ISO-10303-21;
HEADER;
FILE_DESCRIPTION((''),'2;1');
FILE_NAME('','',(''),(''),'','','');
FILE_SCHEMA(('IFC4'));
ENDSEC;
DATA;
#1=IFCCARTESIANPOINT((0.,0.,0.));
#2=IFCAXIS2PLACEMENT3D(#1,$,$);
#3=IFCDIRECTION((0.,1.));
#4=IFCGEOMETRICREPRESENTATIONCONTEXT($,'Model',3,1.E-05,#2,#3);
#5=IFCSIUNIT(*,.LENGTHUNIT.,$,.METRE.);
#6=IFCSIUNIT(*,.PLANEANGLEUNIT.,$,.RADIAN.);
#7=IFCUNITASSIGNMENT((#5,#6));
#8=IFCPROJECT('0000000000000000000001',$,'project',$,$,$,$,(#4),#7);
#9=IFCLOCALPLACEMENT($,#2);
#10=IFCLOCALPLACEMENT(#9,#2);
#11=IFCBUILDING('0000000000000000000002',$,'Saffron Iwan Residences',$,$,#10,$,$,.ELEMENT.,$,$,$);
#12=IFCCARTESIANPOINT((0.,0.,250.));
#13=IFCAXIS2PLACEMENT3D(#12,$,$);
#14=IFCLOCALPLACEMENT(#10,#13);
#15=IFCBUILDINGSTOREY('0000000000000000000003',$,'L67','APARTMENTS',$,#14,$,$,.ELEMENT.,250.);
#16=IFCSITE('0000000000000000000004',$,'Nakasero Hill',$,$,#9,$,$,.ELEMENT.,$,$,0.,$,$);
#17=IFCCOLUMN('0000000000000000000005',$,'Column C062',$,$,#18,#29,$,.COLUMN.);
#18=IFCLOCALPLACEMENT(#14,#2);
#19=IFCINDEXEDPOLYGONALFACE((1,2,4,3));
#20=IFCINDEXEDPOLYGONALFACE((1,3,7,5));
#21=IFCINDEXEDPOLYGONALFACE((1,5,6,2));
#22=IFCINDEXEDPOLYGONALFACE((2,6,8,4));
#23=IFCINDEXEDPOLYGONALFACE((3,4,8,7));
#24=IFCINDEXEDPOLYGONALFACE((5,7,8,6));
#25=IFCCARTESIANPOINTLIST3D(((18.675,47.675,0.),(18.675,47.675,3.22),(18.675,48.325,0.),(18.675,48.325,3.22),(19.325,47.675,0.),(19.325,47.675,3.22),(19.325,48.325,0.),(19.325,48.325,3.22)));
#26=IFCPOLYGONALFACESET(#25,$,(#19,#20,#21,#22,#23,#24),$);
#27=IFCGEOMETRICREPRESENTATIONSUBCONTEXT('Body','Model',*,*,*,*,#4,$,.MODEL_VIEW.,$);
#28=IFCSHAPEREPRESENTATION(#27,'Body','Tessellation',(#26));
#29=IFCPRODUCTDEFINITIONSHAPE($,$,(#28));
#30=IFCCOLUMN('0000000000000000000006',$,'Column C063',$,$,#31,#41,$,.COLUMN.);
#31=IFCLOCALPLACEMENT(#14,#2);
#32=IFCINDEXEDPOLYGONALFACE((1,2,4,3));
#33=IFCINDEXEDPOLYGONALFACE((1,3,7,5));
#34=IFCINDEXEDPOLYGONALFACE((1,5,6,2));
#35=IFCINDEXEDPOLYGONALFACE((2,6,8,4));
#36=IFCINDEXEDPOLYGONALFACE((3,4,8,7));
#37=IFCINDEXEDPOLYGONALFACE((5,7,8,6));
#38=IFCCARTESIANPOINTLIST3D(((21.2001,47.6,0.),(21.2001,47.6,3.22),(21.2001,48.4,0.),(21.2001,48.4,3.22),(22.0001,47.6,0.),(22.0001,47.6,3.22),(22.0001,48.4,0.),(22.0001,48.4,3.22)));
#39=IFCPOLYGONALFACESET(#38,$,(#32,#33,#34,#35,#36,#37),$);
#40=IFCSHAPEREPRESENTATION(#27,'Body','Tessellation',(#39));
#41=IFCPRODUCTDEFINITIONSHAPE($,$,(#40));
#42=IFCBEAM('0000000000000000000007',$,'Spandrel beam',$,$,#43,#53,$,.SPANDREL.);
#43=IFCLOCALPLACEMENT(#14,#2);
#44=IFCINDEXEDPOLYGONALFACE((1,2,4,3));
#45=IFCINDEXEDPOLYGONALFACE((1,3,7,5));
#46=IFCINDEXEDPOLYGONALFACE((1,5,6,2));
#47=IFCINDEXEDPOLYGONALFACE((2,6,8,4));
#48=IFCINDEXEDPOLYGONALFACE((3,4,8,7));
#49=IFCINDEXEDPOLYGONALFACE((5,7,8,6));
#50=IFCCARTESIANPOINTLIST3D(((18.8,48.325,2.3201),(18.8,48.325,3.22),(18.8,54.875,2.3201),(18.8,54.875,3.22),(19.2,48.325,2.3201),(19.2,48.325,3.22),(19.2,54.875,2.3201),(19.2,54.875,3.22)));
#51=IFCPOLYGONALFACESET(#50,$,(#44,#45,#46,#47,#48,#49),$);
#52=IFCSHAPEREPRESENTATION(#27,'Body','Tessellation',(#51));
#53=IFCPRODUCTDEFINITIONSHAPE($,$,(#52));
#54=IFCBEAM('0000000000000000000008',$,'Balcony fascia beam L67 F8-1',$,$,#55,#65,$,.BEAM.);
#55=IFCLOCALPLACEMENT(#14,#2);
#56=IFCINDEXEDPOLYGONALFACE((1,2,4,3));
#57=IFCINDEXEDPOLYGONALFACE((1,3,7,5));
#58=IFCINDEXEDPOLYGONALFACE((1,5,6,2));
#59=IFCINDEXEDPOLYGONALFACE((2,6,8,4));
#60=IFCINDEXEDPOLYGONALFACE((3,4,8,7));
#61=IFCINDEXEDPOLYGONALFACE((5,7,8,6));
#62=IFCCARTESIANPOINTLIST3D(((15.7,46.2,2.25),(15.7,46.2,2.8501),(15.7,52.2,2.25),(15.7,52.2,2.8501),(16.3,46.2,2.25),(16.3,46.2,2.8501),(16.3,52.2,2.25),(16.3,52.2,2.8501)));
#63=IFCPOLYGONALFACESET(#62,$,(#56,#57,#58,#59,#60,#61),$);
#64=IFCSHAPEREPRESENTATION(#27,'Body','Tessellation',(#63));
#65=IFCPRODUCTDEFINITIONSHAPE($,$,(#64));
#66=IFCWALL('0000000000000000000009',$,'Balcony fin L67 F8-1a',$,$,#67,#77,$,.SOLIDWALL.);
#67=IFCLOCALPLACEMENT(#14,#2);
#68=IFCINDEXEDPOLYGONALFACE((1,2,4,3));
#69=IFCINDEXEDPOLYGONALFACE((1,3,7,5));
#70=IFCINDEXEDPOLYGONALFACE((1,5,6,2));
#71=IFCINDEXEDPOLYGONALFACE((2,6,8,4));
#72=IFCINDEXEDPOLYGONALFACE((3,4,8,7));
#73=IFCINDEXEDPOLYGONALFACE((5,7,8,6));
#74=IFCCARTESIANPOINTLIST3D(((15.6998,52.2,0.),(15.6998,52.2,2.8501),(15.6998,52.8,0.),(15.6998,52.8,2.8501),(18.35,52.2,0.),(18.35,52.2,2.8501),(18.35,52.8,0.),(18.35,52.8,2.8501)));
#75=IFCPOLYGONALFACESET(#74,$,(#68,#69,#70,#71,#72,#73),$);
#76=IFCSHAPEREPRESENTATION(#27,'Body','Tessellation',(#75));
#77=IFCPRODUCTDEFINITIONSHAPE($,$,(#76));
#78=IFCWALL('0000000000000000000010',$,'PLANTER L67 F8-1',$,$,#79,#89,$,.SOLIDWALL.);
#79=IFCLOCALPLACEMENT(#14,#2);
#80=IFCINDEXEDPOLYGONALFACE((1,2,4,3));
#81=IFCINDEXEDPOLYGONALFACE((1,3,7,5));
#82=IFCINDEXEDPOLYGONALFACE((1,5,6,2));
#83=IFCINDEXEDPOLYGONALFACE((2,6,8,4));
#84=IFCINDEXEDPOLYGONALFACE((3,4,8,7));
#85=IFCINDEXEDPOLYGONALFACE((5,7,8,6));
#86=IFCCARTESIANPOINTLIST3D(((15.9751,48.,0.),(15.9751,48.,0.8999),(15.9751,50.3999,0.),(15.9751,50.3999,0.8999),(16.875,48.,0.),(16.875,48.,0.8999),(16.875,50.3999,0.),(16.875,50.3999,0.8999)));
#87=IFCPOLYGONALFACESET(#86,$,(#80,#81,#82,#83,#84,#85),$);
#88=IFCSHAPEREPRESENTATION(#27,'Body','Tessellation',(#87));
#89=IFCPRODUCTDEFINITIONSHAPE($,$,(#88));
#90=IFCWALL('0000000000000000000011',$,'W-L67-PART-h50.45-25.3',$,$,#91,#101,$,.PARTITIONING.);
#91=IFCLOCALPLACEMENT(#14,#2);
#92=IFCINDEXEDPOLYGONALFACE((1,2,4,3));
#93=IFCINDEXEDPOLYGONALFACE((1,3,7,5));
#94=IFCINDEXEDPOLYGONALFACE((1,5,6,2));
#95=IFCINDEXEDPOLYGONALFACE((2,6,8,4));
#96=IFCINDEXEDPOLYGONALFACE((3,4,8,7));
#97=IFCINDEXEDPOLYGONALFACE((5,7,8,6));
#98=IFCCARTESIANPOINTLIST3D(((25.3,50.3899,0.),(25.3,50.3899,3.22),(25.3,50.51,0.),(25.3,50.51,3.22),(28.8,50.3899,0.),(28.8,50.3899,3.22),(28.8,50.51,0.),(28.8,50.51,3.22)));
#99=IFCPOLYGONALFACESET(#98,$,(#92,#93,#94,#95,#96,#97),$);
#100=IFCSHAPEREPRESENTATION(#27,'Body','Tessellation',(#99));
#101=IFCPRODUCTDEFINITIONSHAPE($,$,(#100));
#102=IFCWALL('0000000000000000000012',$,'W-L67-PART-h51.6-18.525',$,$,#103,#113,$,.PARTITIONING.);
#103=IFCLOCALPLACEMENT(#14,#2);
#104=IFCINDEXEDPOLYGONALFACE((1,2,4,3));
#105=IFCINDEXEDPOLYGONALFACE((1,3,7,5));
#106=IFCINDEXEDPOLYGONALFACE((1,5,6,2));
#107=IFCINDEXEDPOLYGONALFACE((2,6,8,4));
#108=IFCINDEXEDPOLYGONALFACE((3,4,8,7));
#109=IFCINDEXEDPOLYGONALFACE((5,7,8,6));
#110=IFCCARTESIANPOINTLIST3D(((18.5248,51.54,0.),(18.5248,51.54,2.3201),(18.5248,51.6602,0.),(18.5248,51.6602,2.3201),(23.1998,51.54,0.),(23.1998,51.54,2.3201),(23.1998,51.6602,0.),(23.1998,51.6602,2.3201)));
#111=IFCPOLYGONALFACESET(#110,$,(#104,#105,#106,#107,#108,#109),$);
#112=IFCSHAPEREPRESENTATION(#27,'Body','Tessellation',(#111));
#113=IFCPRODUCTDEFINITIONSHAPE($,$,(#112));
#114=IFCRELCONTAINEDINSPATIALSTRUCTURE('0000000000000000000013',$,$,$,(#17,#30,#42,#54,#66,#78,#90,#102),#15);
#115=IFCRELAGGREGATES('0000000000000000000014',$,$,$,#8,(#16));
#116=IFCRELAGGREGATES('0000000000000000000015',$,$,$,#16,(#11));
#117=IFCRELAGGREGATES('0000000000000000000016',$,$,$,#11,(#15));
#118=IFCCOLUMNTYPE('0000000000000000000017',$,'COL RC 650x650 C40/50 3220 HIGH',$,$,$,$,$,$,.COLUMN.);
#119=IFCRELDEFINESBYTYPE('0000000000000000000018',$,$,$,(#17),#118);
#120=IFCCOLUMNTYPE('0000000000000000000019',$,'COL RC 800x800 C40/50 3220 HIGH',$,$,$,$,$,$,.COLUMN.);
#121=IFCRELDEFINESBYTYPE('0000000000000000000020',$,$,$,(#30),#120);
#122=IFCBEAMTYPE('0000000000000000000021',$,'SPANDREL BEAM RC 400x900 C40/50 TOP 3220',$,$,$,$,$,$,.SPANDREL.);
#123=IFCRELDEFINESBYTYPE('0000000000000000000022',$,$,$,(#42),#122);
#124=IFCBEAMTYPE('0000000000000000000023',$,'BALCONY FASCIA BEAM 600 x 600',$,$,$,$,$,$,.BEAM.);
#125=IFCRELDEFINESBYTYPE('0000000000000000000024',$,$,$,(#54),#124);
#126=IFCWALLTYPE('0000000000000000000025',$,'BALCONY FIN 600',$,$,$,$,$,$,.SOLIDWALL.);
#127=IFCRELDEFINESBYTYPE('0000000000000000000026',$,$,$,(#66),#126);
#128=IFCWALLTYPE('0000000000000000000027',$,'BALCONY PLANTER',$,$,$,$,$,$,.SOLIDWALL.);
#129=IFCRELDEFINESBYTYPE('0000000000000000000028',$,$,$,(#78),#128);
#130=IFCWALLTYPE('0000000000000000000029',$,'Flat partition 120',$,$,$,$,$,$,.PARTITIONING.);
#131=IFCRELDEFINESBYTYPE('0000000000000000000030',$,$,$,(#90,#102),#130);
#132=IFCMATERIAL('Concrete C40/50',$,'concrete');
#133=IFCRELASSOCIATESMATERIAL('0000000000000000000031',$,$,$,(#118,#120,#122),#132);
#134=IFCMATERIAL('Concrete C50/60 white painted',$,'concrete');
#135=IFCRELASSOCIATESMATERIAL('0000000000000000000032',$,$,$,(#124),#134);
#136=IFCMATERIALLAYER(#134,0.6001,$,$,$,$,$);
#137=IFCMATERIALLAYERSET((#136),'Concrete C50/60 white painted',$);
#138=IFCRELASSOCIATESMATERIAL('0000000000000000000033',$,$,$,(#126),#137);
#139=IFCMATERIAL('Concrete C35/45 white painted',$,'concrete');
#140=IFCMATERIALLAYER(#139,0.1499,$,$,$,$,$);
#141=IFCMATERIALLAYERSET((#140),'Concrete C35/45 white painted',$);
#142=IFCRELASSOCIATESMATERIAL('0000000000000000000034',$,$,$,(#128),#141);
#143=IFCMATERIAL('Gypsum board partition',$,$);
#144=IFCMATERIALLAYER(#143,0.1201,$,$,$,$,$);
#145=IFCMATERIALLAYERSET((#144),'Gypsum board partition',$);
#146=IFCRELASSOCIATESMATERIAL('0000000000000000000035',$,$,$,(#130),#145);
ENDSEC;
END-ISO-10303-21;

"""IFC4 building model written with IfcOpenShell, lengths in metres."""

from ifc_helpers import new_model, si_unit, direction, frame, frame_2d, origin, origin_2d, place, context, subcontext, project, spatial, rectangle, extrude, source, transform, mapped, material, layer, layer_set, material_profile, profile_set, type_object, element, save


model = new_model("IFC4")

# Units and contexts
model_context = context("Model", 3, precision=1e-05, world=origin(), true_north=direction((0.0, 1.0)))
body_context = subcontext(model_context, "Body", "Model", "MODEL_VIEW")
ifc_project = project(units=[si_unit("LENGTHUNIT", "METRE"), si_unit("PLANEANGLEUNIT", "RADIAN")], contexts=[model_context])

# Site, building, storey
site_placement = place(None, origin())
site = spatial("IfcSite", under=ifc_project, at=site_placement, Name="Nakasero Hill", CompositionType="ELEMENT", RefElevation=0.0)
building_placement = place(site_placement, origin())
building = spatial("IfcBuilding", under=site, at=building_placement, Name="Saffron Iwan Residences", CompositionType="ELEMENT")
storey_placement = place(building_placement, frame((0.0, 0.0, 250.0)))
storey = spatial("IfcBuildingStorey", under=building, at=storey_placement, Name="L67", Description="APARTMENTS", CompositionType="ELEMENT", Elevation=250.0)

# Columns
ifc_material_1 = material(Name="Concrete C40/50", Category="concrete")
ifc_material_profile_1 = material_profile(ifc_material_1, rectangle(XDim=0.6499, YDim=0.6499, at=origin_2d()), Name="RC 650x650")
ifc_profile_set_1 = profile_set([ifc_material_profile_1], Name="Concrete C40/50")
column_type_1 = type_object("IfcColumnType", Name="COL RC 650x650 C40/50 3220 HIGH", PredefinedType="COLUMN", material=ifc_profile_set_1)
shared_shape_1 = source(origin(), body_context, "Body", "SweptSolid", [
    extrude(rectangle(XDim=0.6499, YDim=0.6499, at=origin_2d()), origin(), (0.0, 0.0, 1.0), 3.22),
])
column_1_placement = place(storey_placement, frame((19.0, 48.0, 0.0), z_axis=(0.0, 0.0, 1.0), x_axis=(1.0, 0.0, 0.0)))
element("IfcColumn", 1, at=column_1_placement, inside=storey, type_object=column_type_1, Name="Column C062", PredefinedType="COLUMN", context=body_context, shape_type="MappedRepresentation", body=[
    mapped(shared_shape_1, transform((0.0, 0.0, 0.0))),
])
ifc_material_profile_2 = material_profile(ifc_material_1, rectangle(XDim=0.8, YDim=0.8, at=origin_2d()), Name="RC 800x800")
ifc_profile_set_2 = profile_set([ifc_material_profile_2], Name="Concrete C40/50")
column_type_2 = type_object("IfcColumnType", Name="COL RC 800x800 C40/50 3220 HIGH", PredefinedType="COLUMN", material=ifc_profile_set_2)
shared_shape_2 = source(origin(), body_context, "Body", "SweptSolid", [
    extrude(rectangle(XDim=0.8, YDim=0.8, at=origin_2d()), origin(), (0.0, 0.0, 1.0), 3.22),
])
column_2_placement = place(storey_placement, frame((21.6001, 48.0, 0.0), z_axis=(0.0, 0.0, 1.0), x_axis=(1.0, 0.0, 0.0)))
element("IfcColumn", 2, at=column_2_placement, inside=storey, type_object=column_type_2, Name="Column C063", PredefinedType="COLUMN", context=body_context, shape_type="MappedRepresentation", body=[
    mapped(shared_shape_2, transform((0.0, 0.0, 0.0))),
])

# Beams
ifc_material_profile_3 = material_profile(ifc_material_1, rectangle(XDim=0.3999, YDim=0.8999, at=origin_2d()), Name="RC 400x900")
ifc_profile_set_3 = profile_set([ifc_material_profile_3], Name="Concrete C40/50")
beam_type_1 = type_object("IfcBeamType", Name="SPANDREL BEAM RC 400x900 C40/50 TOP 3220", PredefinedType="SPANDREL", material=ifc_profile_set_3)
shared_shape_3 = source(origin(), body_context, "Body", "SweptSolid", [
    extrude(rectangle(XDim=0.3999, YDim=0.8999, at=origin_2d()), origin(), (0.0, 0.0, 1.0), 6.55),
])
beam_1_placement = place(storey_placement, frame((19.0, 48.325, 2.77), z_axis=(0.0, 1.0, 0.0), x_axis=(-1.0, 0.0, 0.0)))
element("IfcBeam", 3, at=beam_1_placement, inside=storey, type_object=beam_type_1, Name="Spandrel beam", PredefinedType="SPANDREL", context=body_context, shape_type="MappedRepresentation", body=[
    mapped(shared_shape_3, transform((0.0, 0.0, 0.0))),
])
ifc_material_2 = material(Name="Concrete C50/60 white painted", Category="concrete")
ifc_material_profile_4 = material_profile(ifc_material_2, rectangle(XDim=0.6001, YDim=0.6001, at=origin_2d()), Name="BALCONY FASCIA BEAM 600 x 600")
ifc_profile_set_4 = profile_set([ifc_material_profile_4], Name="Concrete C50/60 white painted")
beam_type_2 = type_object("IfcBeamType", Name="BALCONY FASCIA BEAM 600 x 600", PredefinedType="BEAM", material=ifc_profile_set_4)
shared_shape_4 = source(origin(), body_context, "Body", "SweptSolid", [
    extrude(rectangle(XDim=0.6001, YDim=0.6001, at=origin_2d()), origin(), (0.0, 0.0, 1.0), 6.0),
])
beam_2_placement = place(storey_placement, frame((16.0, 52.2, 2.55), z_axis=(0.0, -1.0, 0.0), x_axis=(1.0, 0.0, 0.0)))
element("IfcBeam", 4, at=beam_2_placement, inside=storey, type_object=beam_type_2, Name="Balcony fascia beam L67 F8-1", PredefinedType="BEAM", context=body_context, shape_type="MappedRepresentation", body=[
    mapped(shared_shape_4, transform((0.0, 0.0, 0.0))),
])

# Walls
ifc_layer_1 = layer(ifc_material_2, 0.6001)
ifc_layer_set_1 = layer_set([ifc_layer_1], Name="Concrete C50/60 white painted")
wall_type_1 = type_object("IfcWallType", Name="BALCONY FIN 600", PredefinedType="SOLIDWALL", material=ifc_layer_set_1)
wall_1_placement = place(storey_placement, frame((18.3501, 52.5, 0.0), z_axis=(0.0, 0.0, 1.0), x_axis=(-1.0, 0.0, 0.0)))
element("IfcWall", 5, at=wall_1_placement, inside=storey, type_object=wall_type_1, Name="Balcony fin L67 F8-1a", PredefinedType="SOLIDWALL", context=body_context, shape_type="SweptSolid", body=[
    extrude(rectangle(XDim=2.6501, YDim=0.6001, at=frame_2d((1.3252, 0.0))), origin(), (0.0, 0.0, 1.0), 2.8501),
])
ifc_material_3 = material(Name="Concrete C35/45 white painted", Category="concrete")
ifc_layer_2 = layer(ifc_material_3, 0.1499)
ifc_layer_set_2 = layer_set([ifc_layer_2], Name="Concrete C35/45 white painted")
wall_type_2 = type_object("IfcWallType", Name="BALCONY PLANTER", PredefinedType="SOLIDWALL", material=ifc_layer_set_2)
wall_2_placement = place(storey_placement, frame((16.425, 50.3999, 0.0), z_axis=(0.0, 0.0, 1.0), x_axis=(0.0, -1.0, 0.0)))
element("IfcWall", 6, at=wall_2_placement, inside=storey, type_object=wall_type_2, Name="PLANTER L67 F8-1", PredefinedType="SOLIDWALL", context=body_context, shape_type="SweptSolid", body=[
    extrude(rectangle(XDim=2.3999, YDim=0.8999, at=frame_2d((1.2, 0.0))), origin(), (0.0, 0.0, 1.0), 0.8999),
])
ifc_material_4 = material(Name="Gypsum board partition")
ifc_layer_3 = layer(ifc_material_4, 0.1201)
ifc_layer_set_3 = layer_set([ifc_layer_3], Name="Gypsum board partition")
wall_type_3 = type_object("IfcWallType", Name="Flat partition 120", PredefinedType="PARTITIONING", material=ifc_layer_set_3)
wall_3_placement = place(storey_placement, frame((25.3, 50.45, 0.0), z_axis=(0.0, 0.0, 1.0), x_axis=(1.0, 0.0, 0.0)))
element("IfcWall", 7, at=wall_3_placement, inside=storey, type_object=wall_type_3, Name="W-L67-PART-h50.45-25.3", PredefinedType="PARTITIONING", context=body_context, shape_type="SweptSolid", body=[
    extrude(rectangle(XDim=3.5, YDim=0.1201, at=frame_2d((1.75, 0.0))), origin(), (0.0, 0.0, 1.0), 3.22),
])
wall_4_placement = place(storey_placement, frame((18.5249, 51.6001, 0.0), z_axis=(0.0, 0.0, 1.0), x_axis=(1.0, 0.0, 0.0)))
element("IfcWall", 8, at=wall_4_placement, inside=storey, type_object=wall_type_3, Name="W-L67-PART-h51.6-18.525", PredefinedType="PARTITIONING", context=body_context, shape_type="SweptSolid", body=[
    extrude(rectangle(XDim=4.675, YDim=0.1201, at=frame_2d((2.3374, 0.0))), origin(), (0.0, 0.0, 1.0), 2.3201),
])

save(model, "model.ifc")
